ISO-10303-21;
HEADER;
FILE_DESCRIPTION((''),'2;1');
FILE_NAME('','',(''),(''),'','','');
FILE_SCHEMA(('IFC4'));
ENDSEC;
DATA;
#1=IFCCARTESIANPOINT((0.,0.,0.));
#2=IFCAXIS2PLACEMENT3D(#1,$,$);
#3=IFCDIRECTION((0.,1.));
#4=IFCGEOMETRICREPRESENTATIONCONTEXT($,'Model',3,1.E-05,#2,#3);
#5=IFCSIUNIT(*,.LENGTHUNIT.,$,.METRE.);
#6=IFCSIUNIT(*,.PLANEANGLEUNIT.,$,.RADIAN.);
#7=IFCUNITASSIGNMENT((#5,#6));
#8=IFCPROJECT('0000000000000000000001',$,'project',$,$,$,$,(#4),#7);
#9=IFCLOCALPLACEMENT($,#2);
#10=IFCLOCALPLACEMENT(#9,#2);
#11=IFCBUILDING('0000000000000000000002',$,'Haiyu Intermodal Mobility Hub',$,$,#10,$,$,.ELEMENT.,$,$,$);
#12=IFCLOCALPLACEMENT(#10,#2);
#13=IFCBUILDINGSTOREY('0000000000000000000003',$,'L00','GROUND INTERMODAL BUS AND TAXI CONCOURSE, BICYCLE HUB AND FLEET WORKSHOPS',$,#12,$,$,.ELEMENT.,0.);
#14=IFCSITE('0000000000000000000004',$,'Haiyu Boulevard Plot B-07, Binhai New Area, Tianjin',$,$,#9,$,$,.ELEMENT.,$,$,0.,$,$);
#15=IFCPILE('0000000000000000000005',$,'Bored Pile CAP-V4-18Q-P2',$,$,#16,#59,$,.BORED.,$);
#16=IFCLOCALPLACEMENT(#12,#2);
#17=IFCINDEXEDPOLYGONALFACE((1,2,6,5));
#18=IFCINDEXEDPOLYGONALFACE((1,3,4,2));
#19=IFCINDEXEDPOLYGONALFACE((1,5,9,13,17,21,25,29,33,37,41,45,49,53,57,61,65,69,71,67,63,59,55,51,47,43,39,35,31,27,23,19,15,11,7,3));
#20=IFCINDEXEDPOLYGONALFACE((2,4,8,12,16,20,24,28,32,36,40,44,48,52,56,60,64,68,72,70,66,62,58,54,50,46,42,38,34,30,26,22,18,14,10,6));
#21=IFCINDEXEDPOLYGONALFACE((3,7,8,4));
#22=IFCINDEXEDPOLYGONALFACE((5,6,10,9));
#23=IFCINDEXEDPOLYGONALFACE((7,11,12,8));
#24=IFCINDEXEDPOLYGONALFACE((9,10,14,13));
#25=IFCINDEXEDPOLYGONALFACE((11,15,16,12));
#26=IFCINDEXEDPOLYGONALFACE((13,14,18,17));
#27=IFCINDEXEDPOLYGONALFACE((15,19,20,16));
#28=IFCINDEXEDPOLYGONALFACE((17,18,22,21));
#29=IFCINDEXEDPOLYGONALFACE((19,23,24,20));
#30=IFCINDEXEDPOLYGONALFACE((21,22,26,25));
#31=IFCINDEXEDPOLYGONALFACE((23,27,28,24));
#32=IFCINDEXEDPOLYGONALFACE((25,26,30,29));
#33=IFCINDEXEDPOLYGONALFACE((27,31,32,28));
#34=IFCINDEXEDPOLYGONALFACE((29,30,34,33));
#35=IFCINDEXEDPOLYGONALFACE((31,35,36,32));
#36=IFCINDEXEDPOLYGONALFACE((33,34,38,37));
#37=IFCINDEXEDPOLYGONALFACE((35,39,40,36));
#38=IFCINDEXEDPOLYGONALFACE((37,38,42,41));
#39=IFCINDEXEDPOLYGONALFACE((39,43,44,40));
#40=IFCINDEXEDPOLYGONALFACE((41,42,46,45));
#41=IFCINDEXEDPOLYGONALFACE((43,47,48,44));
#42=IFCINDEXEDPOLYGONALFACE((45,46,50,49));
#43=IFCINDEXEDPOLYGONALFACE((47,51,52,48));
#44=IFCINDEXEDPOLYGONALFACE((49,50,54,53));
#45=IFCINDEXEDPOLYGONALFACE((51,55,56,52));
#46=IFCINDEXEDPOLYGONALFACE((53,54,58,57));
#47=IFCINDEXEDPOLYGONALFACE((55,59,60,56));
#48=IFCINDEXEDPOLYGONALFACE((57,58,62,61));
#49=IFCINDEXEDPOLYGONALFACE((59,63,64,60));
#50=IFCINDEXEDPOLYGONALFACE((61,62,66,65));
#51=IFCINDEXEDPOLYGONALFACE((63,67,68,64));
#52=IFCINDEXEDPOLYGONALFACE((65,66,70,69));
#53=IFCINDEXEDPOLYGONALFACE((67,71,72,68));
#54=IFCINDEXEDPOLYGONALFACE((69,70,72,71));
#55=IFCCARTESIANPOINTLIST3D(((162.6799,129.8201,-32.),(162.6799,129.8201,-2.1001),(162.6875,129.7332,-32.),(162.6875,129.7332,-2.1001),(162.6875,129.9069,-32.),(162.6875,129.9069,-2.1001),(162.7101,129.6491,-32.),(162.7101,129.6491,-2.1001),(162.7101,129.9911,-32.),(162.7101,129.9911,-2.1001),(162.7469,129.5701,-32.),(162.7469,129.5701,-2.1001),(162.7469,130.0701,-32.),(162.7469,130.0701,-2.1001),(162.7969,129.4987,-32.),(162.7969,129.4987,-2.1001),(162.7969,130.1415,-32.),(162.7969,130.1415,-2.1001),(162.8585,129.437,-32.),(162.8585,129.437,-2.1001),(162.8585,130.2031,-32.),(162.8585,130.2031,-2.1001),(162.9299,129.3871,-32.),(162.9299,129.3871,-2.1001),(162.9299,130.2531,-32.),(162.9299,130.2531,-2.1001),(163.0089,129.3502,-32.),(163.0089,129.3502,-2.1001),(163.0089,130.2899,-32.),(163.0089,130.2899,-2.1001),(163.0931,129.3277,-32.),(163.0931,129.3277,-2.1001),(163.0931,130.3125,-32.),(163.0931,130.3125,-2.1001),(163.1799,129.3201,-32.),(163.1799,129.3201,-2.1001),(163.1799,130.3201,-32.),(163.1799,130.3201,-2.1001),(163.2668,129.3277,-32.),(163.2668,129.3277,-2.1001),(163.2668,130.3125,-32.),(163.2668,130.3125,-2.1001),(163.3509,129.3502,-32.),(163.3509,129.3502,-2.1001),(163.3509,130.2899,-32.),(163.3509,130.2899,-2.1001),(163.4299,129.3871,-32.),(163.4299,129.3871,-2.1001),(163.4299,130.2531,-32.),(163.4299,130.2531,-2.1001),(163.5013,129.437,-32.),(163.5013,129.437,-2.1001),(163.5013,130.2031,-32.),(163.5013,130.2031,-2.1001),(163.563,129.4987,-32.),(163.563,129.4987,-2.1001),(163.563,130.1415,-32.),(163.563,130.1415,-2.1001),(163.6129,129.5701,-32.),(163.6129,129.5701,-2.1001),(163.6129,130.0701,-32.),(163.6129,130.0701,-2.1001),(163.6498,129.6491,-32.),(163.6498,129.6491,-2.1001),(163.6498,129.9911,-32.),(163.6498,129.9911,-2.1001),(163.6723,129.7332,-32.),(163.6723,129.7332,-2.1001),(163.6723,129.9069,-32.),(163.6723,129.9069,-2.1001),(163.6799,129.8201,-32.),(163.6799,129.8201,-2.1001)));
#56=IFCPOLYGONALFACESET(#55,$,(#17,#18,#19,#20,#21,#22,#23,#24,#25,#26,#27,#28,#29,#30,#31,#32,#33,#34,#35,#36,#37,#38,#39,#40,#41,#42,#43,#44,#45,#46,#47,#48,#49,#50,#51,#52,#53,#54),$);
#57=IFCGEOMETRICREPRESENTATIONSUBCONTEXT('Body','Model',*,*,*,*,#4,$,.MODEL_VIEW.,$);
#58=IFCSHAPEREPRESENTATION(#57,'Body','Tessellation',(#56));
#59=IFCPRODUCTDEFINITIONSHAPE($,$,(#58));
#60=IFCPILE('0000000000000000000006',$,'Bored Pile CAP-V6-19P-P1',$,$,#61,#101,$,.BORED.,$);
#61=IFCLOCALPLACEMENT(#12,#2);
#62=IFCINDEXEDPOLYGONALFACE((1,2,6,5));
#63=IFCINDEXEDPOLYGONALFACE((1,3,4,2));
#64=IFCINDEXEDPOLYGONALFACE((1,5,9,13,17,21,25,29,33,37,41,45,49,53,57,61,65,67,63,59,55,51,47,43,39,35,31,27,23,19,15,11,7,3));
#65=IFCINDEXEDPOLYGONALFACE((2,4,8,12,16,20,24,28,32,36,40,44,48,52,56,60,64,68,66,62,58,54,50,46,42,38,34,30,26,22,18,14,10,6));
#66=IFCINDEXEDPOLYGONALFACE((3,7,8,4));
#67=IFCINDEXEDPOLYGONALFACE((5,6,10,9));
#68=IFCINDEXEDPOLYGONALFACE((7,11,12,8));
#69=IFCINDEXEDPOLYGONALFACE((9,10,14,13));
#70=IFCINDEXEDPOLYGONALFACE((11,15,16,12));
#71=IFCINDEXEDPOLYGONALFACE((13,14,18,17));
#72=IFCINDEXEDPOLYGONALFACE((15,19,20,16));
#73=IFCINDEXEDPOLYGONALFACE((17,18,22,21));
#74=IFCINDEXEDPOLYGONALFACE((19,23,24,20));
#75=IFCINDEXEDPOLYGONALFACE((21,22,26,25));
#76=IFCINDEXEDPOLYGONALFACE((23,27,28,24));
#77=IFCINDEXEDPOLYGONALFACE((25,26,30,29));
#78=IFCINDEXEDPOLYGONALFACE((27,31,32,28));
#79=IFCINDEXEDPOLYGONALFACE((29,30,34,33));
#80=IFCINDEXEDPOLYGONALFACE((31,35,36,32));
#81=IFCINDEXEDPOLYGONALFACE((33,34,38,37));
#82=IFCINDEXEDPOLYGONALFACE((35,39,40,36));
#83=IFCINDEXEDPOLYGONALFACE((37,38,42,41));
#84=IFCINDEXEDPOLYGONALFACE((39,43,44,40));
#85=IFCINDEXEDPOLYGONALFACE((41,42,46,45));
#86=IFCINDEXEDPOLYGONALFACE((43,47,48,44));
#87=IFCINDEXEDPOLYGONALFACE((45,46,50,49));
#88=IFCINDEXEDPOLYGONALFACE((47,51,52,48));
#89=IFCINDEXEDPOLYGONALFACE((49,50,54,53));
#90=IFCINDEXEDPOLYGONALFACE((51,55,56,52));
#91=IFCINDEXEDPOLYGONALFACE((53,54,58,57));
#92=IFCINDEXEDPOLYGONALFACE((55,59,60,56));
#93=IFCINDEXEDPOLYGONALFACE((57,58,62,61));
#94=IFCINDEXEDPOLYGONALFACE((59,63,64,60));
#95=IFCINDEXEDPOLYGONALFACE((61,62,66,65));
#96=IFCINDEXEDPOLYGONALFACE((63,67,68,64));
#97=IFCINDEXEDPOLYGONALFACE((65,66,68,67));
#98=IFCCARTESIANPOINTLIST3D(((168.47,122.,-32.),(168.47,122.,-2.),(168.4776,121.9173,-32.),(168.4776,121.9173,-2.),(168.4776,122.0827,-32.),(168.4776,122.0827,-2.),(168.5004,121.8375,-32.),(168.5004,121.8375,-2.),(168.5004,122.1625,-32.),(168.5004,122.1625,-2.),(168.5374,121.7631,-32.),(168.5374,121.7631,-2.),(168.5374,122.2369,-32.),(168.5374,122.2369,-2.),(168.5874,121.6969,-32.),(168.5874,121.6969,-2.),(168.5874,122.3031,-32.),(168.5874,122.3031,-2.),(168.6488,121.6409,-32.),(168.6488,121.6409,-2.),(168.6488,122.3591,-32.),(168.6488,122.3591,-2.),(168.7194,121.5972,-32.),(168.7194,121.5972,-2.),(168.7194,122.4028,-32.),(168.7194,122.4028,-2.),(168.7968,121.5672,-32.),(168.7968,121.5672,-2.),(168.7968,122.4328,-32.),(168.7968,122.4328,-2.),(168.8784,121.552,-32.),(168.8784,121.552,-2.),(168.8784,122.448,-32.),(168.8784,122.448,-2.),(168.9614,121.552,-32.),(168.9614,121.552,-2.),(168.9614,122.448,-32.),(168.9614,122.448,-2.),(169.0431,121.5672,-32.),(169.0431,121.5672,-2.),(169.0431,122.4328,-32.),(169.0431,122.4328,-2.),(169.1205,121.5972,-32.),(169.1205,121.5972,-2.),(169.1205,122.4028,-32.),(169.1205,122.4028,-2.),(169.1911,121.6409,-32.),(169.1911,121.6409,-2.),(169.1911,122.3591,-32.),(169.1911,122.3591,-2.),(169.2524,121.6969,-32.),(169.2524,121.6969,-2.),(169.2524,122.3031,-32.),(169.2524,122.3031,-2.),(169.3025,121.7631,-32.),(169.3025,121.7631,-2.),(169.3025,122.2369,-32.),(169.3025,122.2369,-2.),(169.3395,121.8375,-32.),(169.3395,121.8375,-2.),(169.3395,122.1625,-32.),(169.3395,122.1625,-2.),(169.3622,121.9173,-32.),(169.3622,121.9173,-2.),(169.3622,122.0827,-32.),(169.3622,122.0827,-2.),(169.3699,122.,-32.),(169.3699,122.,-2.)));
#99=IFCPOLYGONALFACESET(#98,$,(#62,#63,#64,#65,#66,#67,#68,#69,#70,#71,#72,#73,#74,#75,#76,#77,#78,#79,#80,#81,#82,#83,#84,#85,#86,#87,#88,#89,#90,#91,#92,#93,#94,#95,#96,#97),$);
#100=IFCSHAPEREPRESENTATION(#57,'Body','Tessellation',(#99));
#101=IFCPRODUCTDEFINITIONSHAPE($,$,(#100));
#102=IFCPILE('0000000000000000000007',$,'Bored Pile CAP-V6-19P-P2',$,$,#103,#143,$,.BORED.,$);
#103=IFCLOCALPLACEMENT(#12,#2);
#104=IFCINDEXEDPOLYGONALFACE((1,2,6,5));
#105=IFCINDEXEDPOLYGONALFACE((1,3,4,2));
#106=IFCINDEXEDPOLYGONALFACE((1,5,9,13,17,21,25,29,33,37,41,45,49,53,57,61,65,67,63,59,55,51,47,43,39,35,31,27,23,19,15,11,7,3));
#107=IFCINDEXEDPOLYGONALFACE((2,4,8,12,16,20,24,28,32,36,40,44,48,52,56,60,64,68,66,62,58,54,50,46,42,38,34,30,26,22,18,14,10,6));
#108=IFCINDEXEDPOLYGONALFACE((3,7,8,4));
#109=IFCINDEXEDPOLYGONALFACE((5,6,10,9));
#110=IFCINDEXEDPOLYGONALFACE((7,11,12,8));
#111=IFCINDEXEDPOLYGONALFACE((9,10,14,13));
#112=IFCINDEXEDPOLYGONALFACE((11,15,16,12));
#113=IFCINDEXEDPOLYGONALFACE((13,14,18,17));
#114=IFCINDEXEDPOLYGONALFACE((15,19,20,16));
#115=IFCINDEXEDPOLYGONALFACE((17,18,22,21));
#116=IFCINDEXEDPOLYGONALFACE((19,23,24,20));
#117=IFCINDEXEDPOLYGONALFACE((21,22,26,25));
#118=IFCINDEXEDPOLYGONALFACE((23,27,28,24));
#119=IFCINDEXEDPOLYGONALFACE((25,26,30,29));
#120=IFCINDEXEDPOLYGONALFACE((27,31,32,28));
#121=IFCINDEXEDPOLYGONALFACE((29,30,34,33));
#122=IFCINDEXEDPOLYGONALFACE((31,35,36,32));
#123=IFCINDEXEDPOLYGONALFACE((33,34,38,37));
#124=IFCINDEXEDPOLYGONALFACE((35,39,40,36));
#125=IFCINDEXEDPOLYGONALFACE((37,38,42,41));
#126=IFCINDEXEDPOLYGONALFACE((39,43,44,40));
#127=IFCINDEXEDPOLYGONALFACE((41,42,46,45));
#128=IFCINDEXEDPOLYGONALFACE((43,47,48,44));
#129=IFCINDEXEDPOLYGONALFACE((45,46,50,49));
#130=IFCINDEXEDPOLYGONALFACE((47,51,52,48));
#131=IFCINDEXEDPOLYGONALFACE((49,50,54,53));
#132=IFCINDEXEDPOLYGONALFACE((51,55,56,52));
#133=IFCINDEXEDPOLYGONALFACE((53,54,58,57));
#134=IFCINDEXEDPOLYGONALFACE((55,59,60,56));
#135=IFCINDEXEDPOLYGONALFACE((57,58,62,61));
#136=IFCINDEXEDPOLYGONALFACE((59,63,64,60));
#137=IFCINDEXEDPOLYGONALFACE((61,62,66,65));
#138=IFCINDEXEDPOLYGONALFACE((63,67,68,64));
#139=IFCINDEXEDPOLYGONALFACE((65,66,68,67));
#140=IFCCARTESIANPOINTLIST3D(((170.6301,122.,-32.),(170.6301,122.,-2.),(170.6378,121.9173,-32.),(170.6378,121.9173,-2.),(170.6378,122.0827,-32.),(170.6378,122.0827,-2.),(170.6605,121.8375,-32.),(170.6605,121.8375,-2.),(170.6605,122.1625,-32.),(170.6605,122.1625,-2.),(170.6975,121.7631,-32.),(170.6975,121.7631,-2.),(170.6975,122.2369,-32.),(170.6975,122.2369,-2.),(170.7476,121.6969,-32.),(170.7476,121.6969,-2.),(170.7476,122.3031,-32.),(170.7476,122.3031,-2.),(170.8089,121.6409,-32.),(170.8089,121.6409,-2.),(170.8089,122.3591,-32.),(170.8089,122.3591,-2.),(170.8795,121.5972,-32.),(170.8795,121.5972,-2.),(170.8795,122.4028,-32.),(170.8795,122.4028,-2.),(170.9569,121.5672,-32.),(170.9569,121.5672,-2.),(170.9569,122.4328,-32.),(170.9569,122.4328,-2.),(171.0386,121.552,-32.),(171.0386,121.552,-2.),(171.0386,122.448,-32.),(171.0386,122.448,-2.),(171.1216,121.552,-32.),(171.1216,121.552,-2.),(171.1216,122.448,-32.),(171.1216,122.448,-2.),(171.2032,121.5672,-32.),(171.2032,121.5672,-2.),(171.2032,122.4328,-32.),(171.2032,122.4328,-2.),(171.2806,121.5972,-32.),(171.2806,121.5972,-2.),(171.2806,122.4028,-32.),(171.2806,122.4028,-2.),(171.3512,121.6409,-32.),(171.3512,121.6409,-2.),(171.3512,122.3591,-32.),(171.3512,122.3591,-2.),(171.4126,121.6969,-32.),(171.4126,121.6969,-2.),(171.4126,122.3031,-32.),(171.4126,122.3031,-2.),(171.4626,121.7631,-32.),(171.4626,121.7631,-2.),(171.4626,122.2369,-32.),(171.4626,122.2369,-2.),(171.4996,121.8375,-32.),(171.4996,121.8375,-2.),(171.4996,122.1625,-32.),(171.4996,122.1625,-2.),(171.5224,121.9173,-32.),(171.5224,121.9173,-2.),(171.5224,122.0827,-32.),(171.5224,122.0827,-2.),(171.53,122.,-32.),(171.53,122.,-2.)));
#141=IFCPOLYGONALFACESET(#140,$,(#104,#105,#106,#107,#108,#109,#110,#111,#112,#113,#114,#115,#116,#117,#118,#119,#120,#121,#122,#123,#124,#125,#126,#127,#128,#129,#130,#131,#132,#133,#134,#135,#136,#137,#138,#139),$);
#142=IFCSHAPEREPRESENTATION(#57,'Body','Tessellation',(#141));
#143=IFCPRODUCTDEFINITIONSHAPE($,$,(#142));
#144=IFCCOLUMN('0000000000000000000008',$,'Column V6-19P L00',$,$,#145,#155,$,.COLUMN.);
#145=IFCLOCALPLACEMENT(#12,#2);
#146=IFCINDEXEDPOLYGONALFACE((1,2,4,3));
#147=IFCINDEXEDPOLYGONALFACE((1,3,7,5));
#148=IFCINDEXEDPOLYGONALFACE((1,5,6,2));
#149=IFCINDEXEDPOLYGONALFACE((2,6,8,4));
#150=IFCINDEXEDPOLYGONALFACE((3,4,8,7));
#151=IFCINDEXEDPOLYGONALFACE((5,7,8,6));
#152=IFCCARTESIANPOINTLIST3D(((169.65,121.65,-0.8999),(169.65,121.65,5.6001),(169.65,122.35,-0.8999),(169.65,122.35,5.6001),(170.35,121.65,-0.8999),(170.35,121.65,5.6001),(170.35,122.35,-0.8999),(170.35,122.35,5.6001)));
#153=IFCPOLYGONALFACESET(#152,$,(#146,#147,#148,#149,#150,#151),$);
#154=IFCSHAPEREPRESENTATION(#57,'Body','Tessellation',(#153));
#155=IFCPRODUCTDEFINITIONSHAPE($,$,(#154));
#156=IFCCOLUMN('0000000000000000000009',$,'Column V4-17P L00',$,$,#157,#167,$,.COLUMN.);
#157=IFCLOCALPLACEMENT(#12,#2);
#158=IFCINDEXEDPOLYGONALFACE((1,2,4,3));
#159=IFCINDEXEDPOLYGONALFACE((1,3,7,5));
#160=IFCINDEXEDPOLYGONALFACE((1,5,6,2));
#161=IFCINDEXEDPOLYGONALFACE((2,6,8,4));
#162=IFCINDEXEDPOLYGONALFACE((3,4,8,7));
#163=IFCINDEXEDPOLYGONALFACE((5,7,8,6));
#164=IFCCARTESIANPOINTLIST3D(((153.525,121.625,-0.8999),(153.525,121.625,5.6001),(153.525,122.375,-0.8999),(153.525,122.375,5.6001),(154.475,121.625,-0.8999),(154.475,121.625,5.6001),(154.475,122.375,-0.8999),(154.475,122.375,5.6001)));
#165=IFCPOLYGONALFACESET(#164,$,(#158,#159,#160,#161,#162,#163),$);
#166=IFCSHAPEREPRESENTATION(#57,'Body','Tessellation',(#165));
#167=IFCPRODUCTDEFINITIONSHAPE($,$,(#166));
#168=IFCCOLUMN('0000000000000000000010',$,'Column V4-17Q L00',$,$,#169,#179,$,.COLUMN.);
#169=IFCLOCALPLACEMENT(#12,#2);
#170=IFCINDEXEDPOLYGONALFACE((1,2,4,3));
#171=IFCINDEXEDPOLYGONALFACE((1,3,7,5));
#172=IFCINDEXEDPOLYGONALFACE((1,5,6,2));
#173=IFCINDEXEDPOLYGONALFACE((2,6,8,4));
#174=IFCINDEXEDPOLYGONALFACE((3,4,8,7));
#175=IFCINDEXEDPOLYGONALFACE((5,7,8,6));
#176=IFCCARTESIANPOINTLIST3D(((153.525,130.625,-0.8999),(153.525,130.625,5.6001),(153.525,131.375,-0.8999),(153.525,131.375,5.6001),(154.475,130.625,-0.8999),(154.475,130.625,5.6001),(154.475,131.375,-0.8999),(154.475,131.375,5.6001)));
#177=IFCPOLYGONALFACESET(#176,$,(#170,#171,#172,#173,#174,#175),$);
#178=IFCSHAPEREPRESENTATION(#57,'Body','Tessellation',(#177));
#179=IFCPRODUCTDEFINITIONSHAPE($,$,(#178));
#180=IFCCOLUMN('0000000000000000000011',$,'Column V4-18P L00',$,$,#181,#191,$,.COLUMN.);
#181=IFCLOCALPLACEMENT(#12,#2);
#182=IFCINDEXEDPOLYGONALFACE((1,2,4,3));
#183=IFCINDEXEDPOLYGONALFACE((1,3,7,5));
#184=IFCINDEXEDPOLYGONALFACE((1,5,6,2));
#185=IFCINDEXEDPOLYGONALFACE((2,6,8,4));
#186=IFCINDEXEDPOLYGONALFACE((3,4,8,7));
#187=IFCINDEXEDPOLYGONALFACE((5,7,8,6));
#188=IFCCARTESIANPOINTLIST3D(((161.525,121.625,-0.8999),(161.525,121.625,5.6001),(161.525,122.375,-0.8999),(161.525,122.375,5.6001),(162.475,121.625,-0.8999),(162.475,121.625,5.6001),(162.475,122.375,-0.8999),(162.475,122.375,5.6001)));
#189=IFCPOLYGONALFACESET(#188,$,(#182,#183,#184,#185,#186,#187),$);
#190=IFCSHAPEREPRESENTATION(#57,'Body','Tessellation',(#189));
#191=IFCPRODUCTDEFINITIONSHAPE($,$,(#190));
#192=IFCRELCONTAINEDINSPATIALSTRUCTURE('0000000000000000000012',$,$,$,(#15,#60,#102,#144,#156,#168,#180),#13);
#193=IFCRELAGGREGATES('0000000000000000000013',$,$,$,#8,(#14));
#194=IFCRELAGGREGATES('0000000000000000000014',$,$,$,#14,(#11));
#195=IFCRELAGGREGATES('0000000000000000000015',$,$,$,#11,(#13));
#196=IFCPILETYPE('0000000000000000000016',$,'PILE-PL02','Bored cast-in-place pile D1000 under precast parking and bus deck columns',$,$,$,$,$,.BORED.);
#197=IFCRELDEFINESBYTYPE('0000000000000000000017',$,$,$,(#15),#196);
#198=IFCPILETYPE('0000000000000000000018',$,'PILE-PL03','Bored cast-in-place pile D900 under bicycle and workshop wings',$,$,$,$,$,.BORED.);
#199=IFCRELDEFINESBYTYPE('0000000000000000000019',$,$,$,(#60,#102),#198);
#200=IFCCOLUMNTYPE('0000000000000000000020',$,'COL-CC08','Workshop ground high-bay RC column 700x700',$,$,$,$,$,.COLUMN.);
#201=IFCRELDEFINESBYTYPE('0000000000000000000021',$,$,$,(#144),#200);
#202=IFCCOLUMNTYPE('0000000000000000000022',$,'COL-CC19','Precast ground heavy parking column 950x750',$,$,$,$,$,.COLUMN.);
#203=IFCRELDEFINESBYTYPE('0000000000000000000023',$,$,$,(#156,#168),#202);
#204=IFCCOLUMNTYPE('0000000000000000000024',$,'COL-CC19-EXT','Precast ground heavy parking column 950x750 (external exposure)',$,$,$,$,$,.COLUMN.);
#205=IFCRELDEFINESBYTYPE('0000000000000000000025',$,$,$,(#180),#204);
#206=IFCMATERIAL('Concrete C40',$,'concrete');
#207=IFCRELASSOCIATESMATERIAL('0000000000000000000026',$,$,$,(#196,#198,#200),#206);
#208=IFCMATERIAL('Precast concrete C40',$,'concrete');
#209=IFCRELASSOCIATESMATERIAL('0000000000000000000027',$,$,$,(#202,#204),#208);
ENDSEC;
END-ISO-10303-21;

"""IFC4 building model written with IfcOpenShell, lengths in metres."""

from ifc_helpers import new_model, si_unit, direction, frame, origin, origin_2d, place, context, subcontext, project, spatial, rectangle, circle, extrude, material, material_profile, profile_set, type_object, element, save


model = new_model("IFC4")

# Units and contexts
model_context = context("Model", 3, precision=1e-05, world=origin(), true_north=direction((0.0, 1.0)))
body_context = subcontext(model_context, "Body", "Model", "MODEL_VIEW")
ifc_project = project(units=[si_unit("LENGTHUNIT", "METRE"), si_unit("PLANEANGLEUNIT", "RADIAN")], contexts=[model_context])

# Site, building, storey
site_placement = place(None, origin())
site = spatial("IfcSite", under=ifc_project, at=site_placement, Name="Haiyu Boulevard Plot B-07, Binhai New Area, Tianjin", CompositionType="ELEMENT", RefElevation=0.0)
building_placement = place(site_placement, origin())
building = spatial("IfcBuilding", under=site, at=building_placement, Name="Haiyu Intermodal Mobility Hub", CompositionType="ELEMENT")
storey_placement = place(building_placement, origin())
storey = spatial("IfcBuildingStorey", under=building, at=storey_placement, Name="L00", Description="GROUND INTERMODAL BUS AND TAXI CONCOURSE, BICYCLE HUB AND FLEET WORKSHOPS", CompositionType="ELEMENT", Elevation=0.0)

# Shared definitions
ifc_material_1 = material(Name="Concrete C40", Category="concrete")

# Piles
ifc_material_profile_1 = material_profile(ifc_material_1, circle(Radius=0.5, at=origin_2d()), Name="PILE-D1000")
ifc_profile_set_1 = profile_set([ifc_material_profile_1], Name="Concrete C40")
pile_type_1 = type_object("IfcPileType", Name="PILE-PL02", Description="Bored cast-in-place pile D1000 under precast parking and bus deck columns", PredefinedType="BORED", material=ifc_profile_set_1)
for number, where, z_axis, x_axis, name in (
    (1, (163.1799, 129.8201, -2.1001), (0.0, 0.0, -1.0), (1.0, 0.0, 0.0), "Bored Pile CAP-V4-18Q-P2"),
):
    element("IfcPile", number, at=place(storey_placement, frame(where, z_axis=z_axis, x_axis=x_axis)), inside=storey, type_object=pile_type_1, Name=name, PredefinedType="BORED", context=body_context, shape_type="SweptSolid", body=[
        extrude(circle(Radius=0.5, at=origin_2d()), origin(), (0.0, 0.0, 1.0), 29.8999),
    ])
ifc_material_profile_2 = material_profile(ifc_material_1, circle(Radius=0.45, at=origin_2d()), Name="PILE-D900")
ifc_profile_set_2 = profile_set([ifc_material_profile_2], Name="Concrete C40")
pile_type_2 = type_object("IfcPileType", Name="PILE-PL03", Description="Bored cast-in-place pile D900 under bicycle and workshop wings", PredefinedType="BORED", material=ifc_profile_set_2)
for number, where, z_axis, x_axis, name in (
    (2, (168.9199, 122.0, -2.0), (0.0, 0.0, -1.0), (1.0, 0.0, 0.0), "Bored Pile CAP-V6-19P-P1"),
    (3, (171.0801, 122.0, -2.0), (0.0, 0.0, -1.0), (1.0, 0.0, 0.0), "Bored Pile CAP-V6-19P-P2"),
):
    element("IfcPile", number, at=place(storey_placement, frame(where, z_axis=z_axis, x_axis=x_axis)), inside=storey, type_object=pile_type_2, Name=name, PredefinedType="BORED", context=body_context, shape_type="SweptSolid", body=[
        extrude(circle(Radius=0.45, at=origin_2d()), origin(), (0.0, 0.0, 1.0), 30.0),
    ])

# Columns
ifc_material_profile_3 = material_profile(ifc_material_1, rectangle(XDim=0.7, YDim=0.7, at=origin_2d()), Name="RC700x700")
ifc_profile_set_3 = profile_set([ifc_material_profile_3], Name="Concrete C40")
column_type_1 = type_object("IfcColumnType", Name="COL-CC08", Description="Workshop ground high-bay RC column 700x700", PredefinedType="COLUMN", material=ifc_profile_set_3)
column_1_placement = place(storey_placement, frame((170.0, 122.0, -0.8999), z_axis=(0.0, 0.0, 1.0), x_axis=(1.0, 0.0, 0.0)))
element("IfcColumn", 4, at=column_1_placement, inside=storey, type_object=column_type_1, Name="Column V6-19P L00", PredefinedType="COLUMN", context=body_context, shape_type="SweptSolid", body=[
    extrude(rectangle(XDim=0.7, YDim=0.7, at=origin_2d()), origin(), (0.0, 0.0, 1.0), 6.5),
])
ifc_material_2 = material(Name="Precast concrete C40", Category="concrete")
ifc_material_profile_4 = material_profile(ifc_material_2, rectangle(XDim=0.95, YDim=0.75, at=origin_2d()), Name="C950x750")
ifc_profile_set_4 = profile_set([ifc_material_profile_4], Name="Precast concrete C40")
column_type_2 = type_object("IfcColumnType", Name="COL-CC19", Description="Precast ground heavy parking column 950x750", PredefinedType="COLUMN", material=ifc_profile_set_4)
for number, where, z_axis, x_axis, name in (
    (5, (154.0, 122.0, -0.8999), (0.0, 0.0, 1.0), (1.0, 0.0, 0.0), "Column V4-17P L00"),
    (6, (154.0, 131.0, -0.8999), (0.0, 0.0, 1.0), (1.0, 0.0, 0.0), "Column V4-17Q L00"),
):
    element("IfcColumn", number, at=place(storey_placement, frame(where, z_axis=z_axis, x_axis=x_axis)), inside=storey, type_object=column_type_2, Name=name, PredefinedType="COLUMN", context=body_context, shape_type="SweptSolid", body=[
        extrude(rectangle(XDim=0.95, YDim=0.75, at=origin_2d()), origin(), (0.0, 0.0, 1.0), 6.5),
    ])
ifc_material_profile_5 = material_profile(ifc_material_2, rectangle(XDim=0.95, YDim=0.75, at=origin_2d()), Name="C950x750")
ifc_profile_set_5 = profile_set([ifc_material_profile_5], Name="Precast concrete C40")
column_type_3 = type_object("IfcColumnType", Name="COL-CC19-EXT", Description="Precast ground heavy parking column 950x750 (external exposure)", PredefinedType="COLUMN", material=ifc_profile_set_5)
column_2_placement = place(storey_placement, frame((162.0, 122.0, -0.8999), z_axis=(0.0, 0.0, 1.0), x_axis=(1.0, 0.0, 0.0)))
element("IfcColumn", 7, at=column_2_placement, inside=storey, type_object=column_type_3, Name="Column V4-18P L00", PredefinedType="COLUMN", context=body_context, shape_type="SweptSolid", body=[
    extrude(rectangle(XDim=0.95, YDim=0.75, at=origin_2d()), origin(), (0.0, 0.0, 1.0), 6.5),
])

save(model, "model.ifc")
